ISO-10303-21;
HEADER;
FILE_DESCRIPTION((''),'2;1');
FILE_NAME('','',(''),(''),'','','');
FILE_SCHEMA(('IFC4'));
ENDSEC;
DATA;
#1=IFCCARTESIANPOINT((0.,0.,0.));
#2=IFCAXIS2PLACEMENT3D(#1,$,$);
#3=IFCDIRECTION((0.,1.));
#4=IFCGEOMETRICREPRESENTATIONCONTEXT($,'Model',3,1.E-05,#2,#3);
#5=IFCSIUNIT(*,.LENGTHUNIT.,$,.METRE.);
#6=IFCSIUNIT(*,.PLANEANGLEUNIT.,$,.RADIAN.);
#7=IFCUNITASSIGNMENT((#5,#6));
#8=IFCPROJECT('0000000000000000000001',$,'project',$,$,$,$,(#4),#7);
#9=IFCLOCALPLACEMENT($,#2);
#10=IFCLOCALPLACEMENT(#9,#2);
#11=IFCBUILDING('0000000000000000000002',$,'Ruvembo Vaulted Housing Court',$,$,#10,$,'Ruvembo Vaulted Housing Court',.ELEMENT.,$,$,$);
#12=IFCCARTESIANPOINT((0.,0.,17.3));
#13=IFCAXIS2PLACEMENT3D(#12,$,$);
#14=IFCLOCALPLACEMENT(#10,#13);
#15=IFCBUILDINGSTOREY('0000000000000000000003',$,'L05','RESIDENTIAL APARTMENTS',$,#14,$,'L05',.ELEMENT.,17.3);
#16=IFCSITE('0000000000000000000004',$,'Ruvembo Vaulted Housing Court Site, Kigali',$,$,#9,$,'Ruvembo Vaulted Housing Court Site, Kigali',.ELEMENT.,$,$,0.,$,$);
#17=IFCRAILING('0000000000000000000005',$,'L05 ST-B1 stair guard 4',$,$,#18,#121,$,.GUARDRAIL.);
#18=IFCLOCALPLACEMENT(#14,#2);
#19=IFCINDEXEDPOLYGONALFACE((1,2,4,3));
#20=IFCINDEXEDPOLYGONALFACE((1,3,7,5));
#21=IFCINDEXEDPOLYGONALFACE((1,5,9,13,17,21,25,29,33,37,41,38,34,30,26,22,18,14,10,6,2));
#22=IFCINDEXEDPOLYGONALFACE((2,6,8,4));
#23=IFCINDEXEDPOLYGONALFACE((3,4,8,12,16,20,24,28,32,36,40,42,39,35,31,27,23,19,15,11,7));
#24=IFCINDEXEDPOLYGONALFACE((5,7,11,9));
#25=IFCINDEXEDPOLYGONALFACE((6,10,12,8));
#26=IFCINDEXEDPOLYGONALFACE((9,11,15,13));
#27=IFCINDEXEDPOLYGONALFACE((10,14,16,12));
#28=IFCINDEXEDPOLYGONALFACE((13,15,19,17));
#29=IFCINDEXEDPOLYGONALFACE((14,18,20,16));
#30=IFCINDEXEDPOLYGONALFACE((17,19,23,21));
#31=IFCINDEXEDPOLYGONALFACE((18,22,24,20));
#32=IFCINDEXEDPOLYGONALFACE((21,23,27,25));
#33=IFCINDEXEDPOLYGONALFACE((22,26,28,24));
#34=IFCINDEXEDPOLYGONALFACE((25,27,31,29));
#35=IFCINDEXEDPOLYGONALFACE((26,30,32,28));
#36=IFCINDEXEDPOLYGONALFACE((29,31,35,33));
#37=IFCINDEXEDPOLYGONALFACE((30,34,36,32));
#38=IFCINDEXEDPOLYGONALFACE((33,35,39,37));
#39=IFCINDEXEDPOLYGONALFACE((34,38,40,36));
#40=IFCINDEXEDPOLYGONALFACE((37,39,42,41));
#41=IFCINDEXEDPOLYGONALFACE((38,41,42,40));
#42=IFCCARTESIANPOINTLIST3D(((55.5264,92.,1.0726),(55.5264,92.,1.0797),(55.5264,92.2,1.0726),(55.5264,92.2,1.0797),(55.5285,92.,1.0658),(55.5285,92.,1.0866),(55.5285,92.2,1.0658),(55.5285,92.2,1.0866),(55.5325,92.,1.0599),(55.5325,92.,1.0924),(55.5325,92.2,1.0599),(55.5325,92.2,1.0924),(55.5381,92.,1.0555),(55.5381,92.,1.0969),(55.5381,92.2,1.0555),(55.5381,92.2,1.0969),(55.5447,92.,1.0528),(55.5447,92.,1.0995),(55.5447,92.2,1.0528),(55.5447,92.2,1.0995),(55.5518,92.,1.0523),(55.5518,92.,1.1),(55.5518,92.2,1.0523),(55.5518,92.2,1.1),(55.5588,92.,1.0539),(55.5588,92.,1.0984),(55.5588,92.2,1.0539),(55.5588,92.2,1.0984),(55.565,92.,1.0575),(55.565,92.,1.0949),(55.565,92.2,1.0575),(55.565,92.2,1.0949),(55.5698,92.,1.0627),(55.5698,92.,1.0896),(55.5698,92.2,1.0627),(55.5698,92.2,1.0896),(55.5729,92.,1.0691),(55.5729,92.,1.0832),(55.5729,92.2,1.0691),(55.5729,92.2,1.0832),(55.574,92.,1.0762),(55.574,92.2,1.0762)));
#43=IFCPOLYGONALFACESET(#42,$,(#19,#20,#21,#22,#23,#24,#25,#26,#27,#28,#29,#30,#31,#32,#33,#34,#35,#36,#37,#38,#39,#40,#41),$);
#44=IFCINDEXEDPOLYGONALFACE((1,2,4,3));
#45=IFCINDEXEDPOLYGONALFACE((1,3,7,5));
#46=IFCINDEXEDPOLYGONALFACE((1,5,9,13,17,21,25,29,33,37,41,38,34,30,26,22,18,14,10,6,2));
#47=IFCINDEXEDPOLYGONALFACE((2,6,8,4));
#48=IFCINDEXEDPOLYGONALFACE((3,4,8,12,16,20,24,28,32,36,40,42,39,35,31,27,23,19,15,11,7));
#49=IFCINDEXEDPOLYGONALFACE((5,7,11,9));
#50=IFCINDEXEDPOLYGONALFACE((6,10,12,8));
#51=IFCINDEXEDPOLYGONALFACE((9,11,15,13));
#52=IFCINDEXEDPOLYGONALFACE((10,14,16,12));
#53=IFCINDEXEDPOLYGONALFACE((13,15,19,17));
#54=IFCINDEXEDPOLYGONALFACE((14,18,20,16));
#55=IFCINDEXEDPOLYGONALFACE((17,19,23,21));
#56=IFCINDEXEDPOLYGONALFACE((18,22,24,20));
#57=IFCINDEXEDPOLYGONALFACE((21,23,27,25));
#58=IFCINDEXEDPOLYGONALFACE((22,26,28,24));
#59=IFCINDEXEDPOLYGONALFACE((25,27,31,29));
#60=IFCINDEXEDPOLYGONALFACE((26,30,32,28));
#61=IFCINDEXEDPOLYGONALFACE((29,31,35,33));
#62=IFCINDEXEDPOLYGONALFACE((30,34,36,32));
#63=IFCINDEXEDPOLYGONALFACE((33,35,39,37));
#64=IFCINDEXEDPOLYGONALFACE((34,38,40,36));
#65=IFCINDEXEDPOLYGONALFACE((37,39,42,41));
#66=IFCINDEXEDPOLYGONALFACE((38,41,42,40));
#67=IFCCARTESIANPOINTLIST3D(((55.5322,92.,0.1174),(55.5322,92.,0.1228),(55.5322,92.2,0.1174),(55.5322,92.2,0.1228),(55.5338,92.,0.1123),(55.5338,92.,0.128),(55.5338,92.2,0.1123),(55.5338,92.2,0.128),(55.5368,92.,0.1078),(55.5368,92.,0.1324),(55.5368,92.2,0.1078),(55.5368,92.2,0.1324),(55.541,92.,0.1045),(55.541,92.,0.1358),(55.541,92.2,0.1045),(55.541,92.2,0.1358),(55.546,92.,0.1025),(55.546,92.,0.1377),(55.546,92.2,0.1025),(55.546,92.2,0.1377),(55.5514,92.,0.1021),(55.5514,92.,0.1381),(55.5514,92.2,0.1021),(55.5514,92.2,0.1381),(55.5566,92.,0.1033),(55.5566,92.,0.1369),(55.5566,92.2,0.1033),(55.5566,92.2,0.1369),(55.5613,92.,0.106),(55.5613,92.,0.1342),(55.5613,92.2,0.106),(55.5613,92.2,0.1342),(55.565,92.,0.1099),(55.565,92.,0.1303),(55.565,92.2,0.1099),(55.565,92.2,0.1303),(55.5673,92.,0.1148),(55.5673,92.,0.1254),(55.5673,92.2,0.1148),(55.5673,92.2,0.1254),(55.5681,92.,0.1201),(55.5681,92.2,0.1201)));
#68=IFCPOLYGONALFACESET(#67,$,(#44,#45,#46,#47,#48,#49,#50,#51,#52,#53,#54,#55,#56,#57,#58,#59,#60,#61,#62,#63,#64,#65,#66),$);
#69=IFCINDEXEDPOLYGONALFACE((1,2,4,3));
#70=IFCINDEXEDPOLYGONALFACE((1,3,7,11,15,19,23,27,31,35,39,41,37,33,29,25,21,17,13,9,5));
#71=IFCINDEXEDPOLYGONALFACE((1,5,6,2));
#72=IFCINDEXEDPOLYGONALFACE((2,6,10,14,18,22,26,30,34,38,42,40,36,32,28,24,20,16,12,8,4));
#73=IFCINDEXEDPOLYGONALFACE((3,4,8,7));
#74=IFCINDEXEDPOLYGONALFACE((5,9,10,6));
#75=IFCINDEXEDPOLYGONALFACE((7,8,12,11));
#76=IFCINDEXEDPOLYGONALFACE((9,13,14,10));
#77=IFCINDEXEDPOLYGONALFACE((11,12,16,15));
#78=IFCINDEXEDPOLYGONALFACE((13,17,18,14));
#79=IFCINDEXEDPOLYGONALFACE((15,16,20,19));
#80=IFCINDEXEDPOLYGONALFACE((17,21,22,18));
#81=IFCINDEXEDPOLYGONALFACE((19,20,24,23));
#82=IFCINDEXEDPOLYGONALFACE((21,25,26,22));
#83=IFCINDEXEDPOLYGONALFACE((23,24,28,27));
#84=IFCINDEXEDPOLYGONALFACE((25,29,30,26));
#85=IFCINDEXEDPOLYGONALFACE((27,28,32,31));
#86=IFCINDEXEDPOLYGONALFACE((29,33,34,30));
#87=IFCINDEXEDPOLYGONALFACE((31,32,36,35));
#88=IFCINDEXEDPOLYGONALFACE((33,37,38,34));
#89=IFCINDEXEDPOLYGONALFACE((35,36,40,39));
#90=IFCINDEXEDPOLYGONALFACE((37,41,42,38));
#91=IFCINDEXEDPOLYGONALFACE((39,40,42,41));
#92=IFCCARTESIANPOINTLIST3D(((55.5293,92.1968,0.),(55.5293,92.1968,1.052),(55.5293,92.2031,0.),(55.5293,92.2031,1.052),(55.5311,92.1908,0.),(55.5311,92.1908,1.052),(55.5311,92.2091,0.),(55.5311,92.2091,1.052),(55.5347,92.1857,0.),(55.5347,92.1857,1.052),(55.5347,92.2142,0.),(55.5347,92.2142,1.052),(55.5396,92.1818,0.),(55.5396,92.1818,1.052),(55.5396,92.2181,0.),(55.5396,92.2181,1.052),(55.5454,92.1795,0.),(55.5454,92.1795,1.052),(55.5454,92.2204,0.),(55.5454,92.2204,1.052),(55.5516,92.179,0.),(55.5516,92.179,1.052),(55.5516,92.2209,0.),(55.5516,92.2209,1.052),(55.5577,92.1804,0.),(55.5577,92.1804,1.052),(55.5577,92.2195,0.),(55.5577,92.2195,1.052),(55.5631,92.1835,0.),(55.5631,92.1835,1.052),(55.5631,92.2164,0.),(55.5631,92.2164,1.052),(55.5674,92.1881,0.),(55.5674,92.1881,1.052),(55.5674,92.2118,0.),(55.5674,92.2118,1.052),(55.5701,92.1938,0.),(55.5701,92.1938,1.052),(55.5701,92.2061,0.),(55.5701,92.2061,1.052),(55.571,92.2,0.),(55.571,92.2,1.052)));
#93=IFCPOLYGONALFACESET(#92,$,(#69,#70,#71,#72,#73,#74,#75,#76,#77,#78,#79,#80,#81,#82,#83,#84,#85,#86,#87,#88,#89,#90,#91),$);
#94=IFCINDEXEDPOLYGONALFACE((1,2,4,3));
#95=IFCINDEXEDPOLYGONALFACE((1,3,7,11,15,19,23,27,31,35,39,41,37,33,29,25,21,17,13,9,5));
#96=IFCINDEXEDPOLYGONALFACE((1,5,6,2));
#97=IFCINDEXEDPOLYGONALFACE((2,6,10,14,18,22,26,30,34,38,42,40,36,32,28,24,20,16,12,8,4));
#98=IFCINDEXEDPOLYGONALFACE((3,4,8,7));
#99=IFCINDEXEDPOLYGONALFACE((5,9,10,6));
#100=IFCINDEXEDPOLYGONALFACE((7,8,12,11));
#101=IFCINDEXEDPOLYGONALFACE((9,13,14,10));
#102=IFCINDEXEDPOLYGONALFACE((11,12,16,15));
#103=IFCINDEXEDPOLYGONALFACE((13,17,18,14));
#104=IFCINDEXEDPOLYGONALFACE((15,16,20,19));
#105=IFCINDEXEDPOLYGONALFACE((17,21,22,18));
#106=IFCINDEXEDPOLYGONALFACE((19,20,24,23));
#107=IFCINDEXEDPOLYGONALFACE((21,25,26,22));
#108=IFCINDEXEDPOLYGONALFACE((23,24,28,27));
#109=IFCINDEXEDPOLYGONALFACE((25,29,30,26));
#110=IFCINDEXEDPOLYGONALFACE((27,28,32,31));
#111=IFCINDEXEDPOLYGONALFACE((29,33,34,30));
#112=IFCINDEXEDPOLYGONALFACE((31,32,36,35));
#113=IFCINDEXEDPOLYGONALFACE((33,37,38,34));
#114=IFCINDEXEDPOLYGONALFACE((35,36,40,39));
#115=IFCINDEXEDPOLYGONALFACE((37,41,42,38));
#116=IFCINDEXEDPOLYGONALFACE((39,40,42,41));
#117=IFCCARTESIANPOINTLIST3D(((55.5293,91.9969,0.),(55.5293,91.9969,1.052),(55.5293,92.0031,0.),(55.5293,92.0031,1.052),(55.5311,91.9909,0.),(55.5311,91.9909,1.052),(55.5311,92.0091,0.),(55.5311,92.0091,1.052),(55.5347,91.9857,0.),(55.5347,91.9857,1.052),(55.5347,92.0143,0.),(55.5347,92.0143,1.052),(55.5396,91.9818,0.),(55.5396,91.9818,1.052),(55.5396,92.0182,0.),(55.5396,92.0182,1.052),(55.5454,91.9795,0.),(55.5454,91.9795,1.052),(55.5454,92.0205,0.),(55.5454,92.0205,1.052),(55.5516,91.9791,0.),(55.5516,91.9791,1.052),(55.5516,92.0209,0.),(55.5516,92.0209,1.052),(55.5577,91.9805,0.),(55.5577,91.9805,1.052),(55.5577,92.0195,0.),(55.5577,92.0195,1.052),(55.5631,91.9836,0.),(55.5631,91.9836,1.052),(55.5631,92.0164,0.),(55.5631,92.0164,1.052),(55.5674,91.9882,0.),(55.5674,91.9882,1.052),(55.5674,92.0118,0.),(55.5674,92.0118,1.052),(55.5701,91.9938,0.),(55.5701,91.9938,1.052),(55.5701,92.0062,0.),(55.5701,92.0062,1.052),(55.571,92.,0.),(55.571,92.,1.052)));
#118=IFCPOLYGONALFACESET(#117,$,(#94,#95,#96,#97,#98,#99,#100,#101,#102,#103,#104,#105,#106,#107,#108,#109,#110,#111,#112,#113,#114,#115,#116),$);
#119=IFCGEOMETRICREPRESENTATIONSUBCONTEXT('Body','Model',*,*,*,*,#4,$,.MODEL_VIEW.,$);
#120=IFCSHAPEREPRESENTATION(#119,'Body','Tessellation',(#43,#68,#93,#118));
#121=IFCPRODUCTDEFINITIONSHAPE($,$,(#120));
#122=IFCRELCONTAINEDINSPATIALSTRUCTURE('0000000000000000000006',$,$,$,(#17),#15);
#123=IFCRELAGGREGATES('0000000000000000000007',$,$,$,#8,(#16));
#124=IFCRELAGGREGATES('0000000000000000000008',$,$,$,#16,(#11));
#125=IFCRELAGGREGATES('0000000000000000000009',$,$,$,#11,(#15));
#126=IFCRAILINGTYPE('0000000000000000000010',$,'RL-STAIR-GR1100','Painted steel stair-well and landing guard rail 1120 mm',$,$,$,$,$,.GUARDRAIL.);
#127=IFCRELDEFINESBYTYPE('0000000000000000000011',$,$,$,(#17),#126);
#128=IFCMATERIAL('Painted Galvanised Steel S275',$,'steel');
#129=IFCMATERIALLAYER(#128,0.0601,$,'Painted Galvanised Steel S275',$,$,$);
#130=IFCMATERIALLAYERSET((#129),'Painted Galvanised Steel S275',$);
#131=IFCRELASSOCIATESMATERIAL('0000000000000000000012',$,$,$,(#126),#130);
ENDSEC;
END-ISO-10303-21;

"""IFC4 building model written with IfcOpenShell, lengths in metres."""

from ifc_helpers import new_model, si_unit, direction, frame, origin, origin_2d, place, context, subcontext, project, spatial, circle, extrude, material, layer, layer_set, type_object, element, save


model = new_model("IFC4")

# Units and contexts
model_context = context("Model", 3, precision=1e-05, world=origin(), true_north=direction((0.0, 1.0)))
body_context = subcontext(model_context, "Body", "Model", "MODEL_VIEW")
ifc_project = project(units=[si_unit("LENGTHUNIT", "METRE"), si_unit("PLANEANGLEUNIT", "RADIAN")], contexts=[model_context])

# Site, building, storey
site_placement = place(None, origin())
site = spatial("IfcSite", under=ifc_project, at=site_placement, Name="Ruvembo Vaulted Housing Court Site, Kigali", LongName="Ruvembo Vaulted Housing Court Site, Kigali", CompositionType="ELEMENT", RefElevation=0.0)
building_placement = place(site_placement, origin())
building = spatial("IfcBuilding", under=site, at=building_placement, Name="Ruvembo Vaulted Housing Court", LongName="Ruvembo Vaulted Housing Court", CompositionType="ELEMENT")
storey_placement = place(building_placement, frame((0.0, 0.0, 17.3)))
storey = spatial("IfcBuildingStorey", under=building, at=storey_placement, Name="L05", Description="RESIDENTIAL APARTMENTS", LongName="L05", CompositionType="ELEMENT", Elevation=17.3)

# Railing
ifc_material_1 = material(Name="Painted Galvanised Steel S275", Category="steel")
ifc_layer_1 = layer(ifc_material_1, 0.0601, Name="Painted Galvanised Steel S275")
ifc_layer_set_1 = layer_set([ifc_layer_1], Name="Painted Galvanised Steel S275")
railing_type_1 = type_object("IfcRailingType", Name="RL-STAIR-GR1100", Description="Painted steel stair-well and landing guard rail 1120 mm", PredefinedType="GUARDRAIL", material=ifc_layer_set_1)
railing_1_placement = place(storey_placement, frame((55.55, 92.2, 0.0)))
element("IfcRailing", 1, at=railing_1_placement, inside=storey, type_object=railing_type_1, Name="L05 ST-B1 stair guard 4", PredefinedType="GUARDRAIL", context=body_context, shape_type="SweptSolid", body=[
    extrude(circle(Radius=0.0239, at=origin_2d()), frame((0.0, 0.0, 1.0762), z_axis=(0.0, -1.0, 0.0), x_axis=(1.0, 0.0, 0.0)), (0.0, 0.0, 1.0), 0.2),
    extrude(circle(Radius=0.0181, at=origin_2d()), frame((0.0, 0.0, 0.1201), z_axis=(0.0, -1.0, 0.0), x_axis=(1.0, 0.0, 0.0)), (0.0, 0.0, 1.0), 0.2),
    extrude(circle(Radius=0.021, at=origin_2d()), origin(), (0.0, 0.0, 1.0), 1.052),
    extrude(circle(Radius=0.021, at=origin_2d()), frame((0.0, -0.2, 0.0)), (0.0, 0.0, 1.0), 1.052),
])

save(model, "model.ifc")
